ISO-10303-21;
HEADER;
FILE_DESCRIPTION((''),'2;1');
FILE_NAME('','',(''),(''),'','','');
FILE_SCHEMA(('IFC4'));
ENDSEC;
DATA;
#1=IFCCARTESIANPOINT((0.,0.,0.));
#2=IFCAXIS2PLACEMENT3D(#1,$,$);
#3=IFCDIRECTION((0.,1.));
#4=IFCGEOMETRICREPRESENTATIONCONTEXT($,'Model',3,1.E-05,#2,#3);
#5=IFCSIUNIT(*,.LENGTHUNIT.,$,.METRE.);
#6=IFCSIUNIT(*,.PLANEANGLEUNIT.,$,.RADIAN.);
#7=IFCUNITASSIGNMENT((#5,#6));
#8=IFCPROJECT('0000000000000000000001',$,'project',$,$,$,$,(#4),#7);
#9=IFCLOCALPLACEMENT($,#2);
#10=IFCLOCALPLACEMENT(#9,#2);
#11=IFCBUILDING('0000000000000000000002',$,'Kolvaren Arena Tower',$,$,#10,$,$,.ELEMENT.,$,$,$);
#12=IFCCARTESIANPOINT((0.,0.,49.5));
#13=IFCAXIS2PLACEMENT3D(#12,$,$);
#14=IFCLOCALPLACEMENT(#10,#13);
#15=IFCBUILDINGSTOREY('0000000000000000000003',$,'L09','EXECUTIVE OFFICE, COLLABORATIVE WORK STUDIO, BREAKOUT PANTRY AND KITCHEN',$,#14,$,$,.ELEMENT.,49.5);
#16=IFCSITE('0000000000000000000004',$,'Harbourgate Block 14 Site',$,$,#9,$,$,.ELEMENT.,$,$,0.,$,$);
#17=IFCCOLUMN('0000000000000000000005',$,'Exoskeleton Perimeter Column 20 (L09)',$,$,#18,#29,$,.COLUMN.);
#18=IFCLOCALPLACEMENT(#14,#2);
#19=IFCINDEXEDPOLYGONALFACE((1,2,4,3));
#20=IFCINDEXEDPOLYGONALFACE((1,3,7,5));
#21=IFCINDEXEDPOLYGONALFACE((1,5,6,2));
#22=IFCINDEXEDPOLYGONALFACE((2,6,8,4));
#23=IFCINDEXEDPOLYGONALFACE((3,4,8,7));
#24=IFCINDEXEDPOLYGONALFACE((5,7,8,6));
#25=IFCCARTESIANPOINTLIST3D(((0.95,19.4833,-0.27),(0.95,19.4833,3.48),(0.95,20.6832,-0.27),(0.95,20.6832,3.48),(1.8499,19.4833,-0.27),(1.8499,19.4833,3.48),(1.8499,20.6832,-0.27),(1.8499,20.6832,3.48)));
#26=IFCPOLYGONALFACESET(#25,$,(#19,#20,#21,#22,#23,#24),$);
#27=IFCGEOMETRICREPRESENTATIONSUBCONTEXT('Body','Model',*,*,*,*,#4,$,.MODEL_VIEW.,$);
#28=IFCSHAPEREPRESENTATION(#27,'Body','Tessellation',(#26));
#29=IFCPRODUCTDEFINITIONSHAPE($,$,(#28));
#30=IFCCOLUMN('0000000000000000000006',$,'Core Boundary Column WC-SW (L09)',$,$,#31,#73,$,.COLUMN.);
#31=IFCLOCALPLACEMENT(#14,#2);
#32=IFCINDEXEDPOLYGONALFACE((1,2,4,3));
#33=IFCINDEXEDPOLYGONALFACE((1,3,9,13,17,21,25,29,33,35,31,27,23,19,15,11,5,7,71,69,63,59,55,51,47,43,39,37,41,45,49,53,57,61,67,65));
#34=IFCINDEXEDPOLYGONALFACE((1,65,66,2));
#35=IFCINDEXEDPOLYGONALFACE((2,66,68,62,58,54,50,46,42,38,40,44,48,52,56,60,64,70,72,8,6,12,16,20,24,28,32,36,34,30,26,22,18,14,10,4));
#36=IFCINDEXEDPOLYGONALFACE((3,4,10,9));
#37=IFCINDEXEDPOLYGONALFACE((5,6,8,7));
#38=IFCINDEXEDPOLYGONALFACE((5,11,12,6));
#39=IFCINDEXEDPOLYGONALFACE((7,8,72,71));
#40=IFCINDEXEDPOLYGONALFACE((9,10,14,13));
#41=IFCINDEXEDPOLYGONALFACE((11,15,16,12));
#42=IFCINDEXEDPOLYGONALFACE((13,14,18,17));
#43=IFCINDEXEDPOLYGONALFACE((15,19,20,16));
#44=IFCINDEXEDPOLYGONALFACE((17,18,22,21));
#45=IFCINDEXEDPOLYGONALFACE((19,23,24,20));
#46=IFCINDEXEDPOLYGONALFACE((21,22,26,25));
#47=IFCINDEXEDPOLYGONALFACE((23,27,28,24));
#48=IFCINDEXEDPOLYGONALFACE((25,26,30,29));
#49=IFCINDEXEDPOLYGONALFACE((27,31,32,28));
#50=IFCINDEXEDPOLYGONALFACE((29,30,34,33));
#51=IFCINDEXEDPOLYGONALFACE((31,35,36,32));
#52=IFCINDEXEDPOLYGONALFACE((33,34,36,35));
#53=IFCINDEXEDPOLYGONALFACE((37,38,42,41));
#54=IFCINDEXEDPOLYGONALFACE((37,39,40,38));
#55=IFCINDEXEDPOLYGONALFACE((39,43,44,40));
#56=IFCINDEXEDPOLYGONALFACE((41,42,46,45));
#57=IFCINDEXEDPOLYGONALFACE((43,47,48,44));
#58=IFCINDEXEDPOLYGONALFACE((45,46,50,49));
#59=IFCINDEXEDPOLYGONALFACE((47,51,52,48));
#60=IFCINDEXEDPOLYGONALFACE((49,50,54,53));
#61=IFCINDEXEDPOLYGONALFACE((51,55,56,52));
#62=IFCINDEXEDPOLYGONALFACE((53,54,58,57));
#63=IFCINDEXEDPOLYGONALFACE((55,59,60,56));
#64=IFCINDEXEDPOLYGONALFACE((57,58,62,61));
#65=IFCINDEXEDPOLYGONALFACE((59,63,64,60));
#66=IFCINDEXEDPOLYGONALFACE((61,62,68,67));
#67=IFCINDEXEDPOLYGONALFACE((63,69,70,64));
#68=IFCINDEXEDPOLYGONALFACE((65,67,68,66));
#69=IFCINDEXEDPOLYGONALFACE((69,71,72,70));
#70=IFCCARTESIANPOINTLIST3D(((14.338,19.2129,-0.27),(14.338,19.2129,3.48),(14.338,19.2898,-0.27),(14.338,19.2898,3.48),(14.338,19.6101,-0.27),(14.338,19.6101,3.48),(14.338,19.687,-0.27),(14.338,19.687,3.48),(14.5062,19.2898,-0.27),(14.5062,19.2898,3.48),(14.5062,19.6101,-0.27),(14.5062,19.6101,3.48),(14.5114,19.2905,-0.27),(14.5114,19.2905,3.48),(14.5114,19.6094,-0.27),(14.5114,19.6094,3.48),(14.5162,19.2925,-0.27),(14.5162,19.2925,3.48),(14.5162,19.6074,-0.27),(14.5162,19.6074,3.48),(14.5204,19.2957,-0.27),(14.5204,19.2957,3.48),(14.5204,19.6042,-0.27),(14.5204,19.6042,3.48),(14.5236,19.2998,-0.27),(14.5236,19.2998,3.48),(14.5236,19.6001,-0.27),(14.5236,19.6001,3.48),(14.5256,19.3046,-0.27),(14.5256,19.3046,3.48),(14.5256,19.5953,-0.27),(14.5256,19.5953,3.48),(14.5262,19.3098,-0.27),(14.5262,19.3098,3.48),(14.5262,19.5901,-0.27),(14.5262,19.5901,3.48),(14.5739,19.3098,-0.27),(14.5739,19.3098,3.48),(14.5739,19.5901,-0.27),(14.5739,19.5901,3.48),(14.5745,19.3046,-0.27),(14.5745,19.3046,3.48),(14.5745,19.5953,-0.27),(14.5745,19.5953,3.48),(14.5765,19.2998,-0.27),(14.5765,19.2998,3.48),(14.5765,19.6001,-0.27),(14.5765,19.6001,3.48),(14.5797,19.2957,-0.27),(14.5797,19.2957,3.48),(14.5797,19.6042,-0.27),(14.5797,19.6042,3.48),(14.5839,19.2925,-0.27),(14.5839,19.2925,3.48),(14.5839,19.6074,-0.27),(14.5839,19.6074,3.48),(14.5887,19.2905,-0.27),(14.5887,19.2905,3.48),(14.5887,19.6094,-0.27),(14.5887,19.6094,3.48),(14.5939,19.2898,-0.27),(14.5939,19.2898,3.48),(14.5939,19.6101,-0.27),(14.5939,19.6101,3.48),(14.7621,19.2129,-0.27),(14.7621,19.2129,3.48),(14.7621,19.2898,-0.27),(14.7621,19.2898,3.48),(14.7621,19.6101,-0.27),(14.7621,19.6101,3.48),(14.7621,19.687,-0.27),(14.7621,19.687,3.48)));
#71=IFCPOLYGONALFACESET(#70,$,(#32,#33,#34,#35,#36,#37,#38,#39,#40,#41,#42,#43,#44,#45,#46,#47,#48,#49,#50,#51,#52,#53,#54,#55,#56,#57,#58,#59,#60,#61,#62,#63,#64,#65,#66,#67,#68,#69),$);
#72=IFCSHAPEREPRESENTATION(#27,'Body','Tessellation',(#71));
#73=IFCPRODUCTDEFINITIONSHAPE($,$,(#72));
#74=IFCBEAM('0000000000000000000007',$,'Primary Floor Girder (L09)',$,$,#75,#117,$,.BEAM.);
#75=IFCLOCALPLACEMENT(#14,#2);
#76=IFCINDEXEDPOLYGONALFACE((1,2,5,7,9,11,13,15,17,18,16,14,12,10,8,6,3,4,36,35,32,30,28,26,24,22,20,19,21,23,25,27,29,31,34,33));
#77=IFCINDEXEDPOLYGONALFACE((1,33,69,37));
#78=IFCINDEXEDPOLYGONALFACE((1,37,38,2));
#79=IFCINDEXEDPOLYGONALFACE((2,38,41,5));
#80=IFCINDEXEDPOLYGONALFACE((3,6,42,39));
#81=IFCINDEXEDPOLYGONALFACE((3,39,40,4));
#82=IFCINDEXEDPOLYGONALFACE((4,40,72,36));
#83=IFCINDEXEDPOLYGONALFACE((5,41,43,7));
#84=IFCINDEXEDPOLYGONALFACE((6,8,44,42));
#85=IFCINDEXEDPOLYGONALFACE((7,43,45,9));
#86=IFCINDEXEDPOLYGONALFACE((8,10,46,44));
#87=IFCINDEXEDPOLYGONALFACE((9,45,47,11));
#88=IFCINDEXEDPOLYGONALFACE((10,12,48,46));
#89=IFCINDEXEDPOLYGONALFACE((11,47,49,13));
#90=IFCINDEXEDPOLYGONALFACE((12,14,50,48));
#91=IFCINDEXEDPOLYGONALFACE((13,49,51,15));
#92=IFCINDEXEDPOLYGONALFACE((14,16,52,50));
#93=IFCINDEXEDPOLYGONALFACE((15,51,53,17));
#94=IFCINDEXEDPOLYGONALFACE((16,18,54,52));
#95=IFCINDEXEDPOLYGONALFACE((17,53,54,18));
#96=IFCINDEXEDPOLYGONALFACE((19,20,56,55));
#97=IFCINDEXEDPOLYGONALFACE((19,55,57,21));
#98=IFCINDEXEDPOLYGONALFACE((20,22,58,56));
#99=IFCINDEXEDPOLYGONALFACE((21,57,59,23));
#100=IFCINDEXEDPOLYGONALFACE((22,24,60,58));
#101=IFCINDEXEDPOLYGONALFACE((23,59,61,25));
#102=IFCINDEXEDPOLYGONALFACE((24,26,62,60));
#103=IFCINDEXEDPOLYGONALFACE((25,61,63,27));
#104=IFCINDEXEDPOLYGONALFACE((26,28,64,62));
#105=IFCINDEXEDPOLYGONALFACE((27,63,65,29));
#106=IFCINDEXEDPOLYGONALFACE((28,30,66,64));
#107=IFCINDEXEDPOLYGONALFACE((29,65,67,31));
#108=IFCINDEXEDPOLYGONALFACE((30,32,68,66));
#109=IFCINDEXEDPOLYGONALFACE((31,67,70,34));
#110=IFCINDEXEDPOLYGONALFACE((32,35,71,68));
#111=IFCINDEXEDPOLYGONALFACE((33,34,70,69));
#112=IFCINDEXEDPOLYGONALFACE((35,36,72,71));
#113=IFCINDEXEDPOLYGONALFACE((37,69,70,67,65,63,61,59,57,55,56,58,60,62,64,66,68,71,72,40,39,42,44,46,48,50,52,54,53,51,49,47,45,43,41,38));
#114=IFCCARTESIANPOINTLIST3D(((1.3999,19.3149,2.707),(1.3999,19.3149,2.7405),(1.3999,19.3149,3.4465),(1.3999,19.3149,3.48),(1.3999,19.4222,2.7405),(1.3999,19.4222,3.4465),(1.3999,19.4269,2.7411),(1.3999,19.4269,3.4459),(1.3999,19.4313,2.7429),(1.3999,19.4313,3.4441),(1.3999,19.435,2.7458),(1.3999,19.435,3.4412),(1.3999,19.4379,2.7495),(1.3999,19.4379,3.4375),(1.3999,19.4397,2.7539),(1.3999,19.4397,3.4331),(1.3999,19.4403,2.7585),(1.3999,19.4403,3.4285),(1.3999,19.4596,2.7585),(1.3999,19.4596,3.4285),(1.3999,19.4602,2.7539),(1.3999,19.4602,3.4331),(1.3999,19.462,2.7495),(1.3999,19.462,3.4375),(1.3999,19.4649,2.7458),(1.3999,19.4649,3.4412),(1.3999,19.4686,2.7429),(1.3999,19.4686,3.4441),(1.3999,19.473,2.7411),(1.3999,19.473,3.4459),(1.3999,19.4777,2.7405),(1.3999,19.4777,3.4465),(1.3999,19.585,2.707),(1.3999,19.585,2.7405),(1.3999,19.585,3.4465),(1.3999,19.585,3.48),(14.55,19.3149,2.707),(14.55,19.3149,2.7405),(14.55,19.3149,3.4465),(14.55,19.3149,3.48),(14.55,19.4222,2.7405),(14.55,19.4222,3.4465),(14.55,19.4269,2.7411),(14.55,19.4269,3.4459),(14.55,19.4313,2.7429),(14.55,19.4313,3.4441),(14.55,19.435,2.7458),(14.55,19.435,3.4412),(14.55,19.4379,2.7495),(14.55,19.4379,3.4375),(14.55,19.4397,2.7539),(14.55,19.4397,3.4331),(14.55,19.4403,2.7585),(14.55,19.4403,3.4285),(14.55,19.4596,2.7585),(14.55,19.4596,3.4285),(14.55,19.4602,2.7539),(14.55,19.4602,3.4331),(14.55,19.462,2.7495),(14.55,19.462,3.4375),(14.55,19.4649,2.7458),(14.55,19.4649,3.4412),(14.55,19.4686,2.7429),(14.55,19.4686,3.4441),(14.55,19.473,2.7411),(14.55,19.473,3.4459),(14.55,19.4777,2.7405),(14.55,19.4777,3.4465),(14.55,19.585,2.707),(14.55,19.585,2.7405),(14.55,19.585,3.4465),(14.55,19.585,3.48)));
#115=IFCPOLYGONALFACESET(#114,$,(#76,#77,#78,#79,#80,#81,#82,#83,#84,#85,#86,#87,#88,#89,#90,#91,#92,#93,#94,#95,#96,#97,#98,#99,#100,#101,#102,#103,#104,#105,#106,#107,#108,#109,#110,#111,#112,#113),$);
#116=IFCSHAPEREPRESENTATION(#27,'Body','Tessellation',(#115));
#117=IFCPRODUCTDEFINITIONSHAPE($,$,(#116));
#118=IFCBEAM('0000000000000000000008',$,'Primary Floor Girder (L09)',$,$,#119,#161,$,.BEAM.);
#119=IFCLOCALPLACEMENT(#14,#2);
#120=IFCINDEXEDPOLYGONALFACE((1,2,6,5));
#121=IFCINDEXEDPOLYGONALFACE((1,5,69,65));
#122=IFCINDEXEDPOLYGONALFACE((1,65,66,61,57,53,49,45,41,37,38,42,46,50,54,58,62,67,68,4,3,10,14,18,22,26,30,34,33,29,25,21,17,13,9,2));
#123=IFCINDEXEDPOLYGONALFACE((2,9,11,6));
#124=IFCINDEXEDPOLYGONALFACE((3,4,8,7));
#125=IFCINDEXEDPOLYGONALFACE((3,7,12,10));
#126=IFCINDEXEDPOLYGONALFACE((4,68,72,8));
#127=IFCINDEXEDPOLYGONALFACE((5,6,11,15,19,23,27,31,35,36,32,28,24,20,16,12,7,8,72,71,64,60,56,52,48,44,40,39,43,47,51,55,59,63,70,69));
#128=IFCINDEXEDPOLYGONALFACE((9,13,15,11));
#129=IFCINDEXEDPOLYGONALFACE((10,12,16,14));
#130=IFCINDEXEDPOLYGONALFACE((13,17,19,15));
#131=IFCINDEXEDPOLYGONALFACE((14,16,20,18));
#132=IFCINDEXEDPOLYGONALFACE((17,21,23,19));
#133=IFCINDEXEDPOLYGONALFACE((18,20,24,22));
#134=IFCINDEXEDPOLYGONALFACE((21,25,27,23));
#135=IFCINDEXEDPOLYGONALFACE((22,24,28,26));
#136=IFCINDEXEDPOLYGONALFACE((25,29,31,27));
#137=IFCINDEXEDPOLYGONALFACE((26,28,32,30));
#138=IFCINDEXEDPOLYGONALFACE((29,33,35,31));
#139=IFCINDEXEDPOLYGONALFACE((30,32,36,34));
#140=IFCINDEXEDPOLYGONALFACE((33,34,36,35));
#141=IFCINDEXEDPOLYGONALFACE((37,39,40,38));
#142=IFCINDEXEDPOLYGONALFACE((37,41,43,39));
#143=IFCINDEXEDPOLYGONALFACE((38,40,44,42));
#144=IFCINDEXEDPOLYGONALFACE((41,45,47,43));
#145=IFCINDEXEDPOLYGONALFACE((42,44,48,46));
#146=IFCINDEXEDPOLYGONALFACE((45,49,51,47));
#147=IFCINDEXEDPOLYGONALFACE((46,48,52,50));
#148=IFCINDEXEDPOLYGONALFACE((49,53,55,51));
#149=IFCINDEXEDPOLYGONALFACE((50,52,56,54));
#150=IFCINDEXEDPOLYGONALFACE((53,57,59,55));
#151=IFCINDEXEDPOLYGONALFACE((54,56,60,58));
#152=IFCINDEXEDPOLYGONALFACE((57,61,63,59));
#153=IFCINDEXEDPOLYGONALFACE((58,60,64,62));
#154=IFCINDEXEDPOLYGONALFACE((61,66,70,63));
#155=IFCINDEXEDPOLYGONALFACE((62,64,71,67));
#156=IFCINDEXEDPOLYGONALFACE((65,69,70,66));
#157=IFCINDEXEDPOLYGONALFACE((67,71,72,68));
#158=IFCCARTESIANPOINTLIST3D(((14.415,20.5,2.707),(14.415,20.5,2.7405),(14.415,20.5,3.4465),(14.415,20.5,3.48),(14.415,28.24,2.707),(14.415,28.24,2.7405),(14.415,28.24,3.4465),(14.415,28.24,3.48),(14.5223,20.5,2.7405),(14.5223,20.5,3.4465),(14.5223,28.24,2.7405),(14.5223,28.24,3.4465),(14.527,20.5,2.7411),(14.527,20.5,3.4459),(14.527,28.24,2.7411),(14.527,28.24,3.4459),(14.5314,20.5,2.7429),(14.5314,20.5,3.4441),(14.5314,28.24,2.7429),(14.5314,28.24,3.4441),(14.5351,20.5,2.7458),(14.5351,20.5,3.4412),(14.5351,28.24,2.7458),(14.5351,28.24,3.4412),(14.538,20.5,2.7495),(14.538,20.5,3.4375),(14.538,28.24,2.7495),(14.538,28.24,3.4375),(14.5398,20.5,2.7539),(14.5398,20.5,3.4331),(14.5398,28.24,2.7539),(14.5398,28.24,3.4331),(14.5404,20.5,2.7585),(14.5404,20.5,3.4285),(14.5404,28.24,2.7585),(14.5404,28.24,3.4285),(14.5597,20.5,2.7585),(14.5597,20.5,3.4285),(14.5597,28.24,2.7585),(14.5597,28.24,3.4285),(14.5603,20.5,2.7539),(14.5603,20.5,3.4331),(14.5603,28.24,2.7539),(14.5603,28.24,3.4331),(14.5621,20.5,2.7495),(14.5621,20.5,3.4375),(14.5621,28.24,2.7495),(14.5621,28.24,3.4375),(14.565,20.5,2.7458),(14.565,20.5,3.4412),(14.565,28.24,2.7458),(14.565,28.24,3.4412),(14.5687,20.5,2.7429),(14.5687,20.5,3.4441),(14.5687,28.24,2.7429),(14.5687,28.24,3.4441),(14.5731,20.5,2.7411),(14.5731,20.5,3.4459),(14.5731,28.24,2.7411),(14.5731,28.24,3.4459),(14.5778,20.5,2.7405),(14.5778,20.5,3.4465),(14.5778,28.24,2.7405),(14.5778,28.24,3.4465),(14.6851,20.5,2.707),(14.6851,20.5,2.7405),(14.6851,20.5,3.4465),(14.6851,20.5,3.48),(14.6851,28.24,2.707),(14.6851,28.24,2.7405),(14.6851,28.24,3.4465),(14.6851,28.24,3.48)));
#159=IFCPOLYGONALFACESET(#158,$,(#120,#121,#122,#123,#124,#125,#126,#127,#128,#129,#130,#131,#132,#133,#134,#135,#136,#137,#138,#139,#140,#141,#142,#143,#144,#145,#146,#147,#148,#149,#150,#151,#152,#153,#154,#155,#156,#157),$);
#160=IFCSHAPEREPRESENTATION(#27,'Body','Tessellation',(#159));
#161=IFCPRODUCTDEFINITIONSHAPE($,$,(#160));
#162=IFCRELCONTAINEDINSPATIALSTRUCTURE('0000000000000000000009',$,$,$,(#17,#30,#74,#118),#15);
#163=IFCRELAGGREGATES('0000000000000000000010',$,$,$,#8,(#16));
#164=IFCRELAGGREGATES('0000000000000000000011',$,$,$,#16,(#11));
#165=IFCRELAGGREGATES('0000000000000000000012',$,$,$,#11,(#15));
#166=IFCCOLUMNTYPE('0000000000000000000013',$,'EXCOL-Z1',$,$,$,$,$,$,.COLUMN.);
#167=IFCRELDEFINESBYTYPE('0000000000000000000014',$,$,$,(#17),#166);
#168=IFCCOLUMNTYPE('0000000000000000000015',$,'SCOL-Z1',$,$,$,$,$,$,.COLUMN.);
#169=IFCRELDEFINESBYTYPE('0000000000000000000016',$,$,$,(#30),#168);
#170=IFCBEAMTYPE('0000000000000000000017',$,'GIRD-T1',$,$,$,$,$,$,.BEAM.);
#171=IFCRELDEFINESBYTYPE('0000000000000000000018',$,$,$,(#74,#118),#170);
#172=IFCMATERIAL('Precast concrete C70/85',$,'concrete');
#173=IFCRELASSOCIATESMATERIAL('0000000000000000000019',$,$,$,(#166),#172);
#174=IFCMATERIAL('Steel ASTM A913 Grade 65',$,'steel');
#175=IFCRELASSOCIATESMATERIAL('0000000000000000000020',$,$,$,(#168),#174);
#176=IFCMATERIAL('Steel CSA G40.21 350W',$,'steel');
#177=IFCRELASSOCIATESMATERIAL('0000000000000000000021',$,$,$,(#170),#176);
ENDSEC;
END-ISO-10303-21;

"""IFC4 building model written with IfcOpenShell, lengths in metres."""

from ifc_helpers import new_model, si_unit, direction, frame, origin, origin_2d, place, context, subcontext, project, spatial, rectangle, i_section, extrude, material, material_profile, profile_set, type_object, element, save


model = new_model("IFC4")

# Units and contexts
model_context = context("Model", 3, precision=1e-05, world=origin(), true_north=direction((0.0, 1.0)))
body_context = subcontext(model_context, "Body", "Model", "MODEL_VIEW")
ifc_project = project(units=[si_unit("LENGTHUNIT", "METRE"), si_unit("PLANEANGLEUNIT", "RADIAN")], contexts=[model_context])

# Site, building, storey
site_placement = place(None, origin())
site = spatial("IfcSite", under=ifc_project, at=site_placement, Name="Harbourgate Block 14 Site", CompositionType="ELEMENT", RefElevation=0.0)
building_placement = place(site_placement, origin())
building = spatial("IfcBuilding", under=site, at=building_placement, Name="Kolvaren Arena Tower", CompositionType="ELEMENT")
storey_placement = place(building_placement, frame((0.0, 0.0, 49.5)))
storey = spatial("IfcBuildingStorey", under=building, at=storey_placement, Name="L09", Description="EXECUTIVE OFFICE, COLLABORATIVE WORK STUDIO, BREAKOUT PANTRY AND KITCHEN", CompositionType="ELEMENT", Elevation=49.5)

# Columns
ifc_material_1 = material(Name="Precast concrete C70/85", Category="concrete")
ifc_material_profile_1 = material_profile(ifc_material_1, rectangle(XDim=1.2, YDim=0.8999, at=origin_2d()), Name="RC-1200x900")
ifc_profile_set_1 = profile_set([ifc_material_profile_1], Name="Precast concrete C70/85")
column_type_1 = type_object("IfcColumnType", Name="EXCOL-Z1", PredefinedType="COLUMN", material=ifc_profile_set_1)
column_1_placement = place(storey_placement, frame((1.3999, 20.0833, -0.27), z_axis=(0.0, 0.0, 1.0), x_axis=(0.0, 1.0, 0.0)))
element("IfcColumn", 1, at=column_1_placement, inside=storey, type_object=column_type_1, Name="Exoskeleton Perimeter Column 20 (L09)", PredefinedType="COLUMN", context=body_context, shape_type="SweptSolid", body=[
    extrude(rectangle(XDim=1.2, YDim=0.8999, at=origin_2d()), origin(), (0.0, 0.0, 1.0), 3.75),
])
ifc_material_2 = material(Name="Steel ASTM A913 Grade 65", Category="steel")
ifc_material_profile_2 = material_profile(ifc_material_2, i_section(OverallWidth=0.4241, OverallDepth=0.4741, WebThickness=0.0476, FlangeThickness=0.0769, FilletRadius=0.02, at=origin_2d()), Name="W360x634")
ifc_profile_set_2 = profile_set([ifc_material_profile_2], Name="Steel ASTM A913 Grade 65")
column_type_2 = type_object("IfcColumnType", Name="SCOL-Z1", PredefinedType="COLUMN", material=ifc_profile_set_2)
column_2_placement = place(storey_placement, frame((14.55, 19.45, -0.27), z_axis=(0.0, 0.0, 1.0), x_axis=(1.0, 0.0, 0.0)))
element("IfcColumn", 2, at=column_2_placement, inside=storey, type_object=column_type_2, Name="Core Boundary Column WC-SW (L09)", PredefinedType="COLUMN", context=body_context, shape_type="SweptSolid", body=[
    extrude(i_section(OverallWidth=0.4241, OverallDepth=0.4741, WebThickness=0.0476, FlangeThickness=0.0769, FilletRadius=0.02, at=origin_2d()), origin(), (0.0, 0.0, 1.0), 3.75),
])

# Beams
ifc_material_3 = material(Name="Steel CSA G40.21 350W", Category="steel")
ifc_material_profile_3 = material_profile(ifc_material_3, i_section(OverallWidth=0.27, OverallDepth=0.7729, WebThickness=0.0193, FlangeThickness=0.0334, FilletRadius=0.0181, at=origin_2d()), Name="W760x257")
ifc_profile_set_3 = profile_set([ifc_material_profile_3], Name="Steel CSA G40.21 350W")
beam_type_1 = type_object("IfcBeamType", Name="GIRD-T1", PredefinedType="BEAM", material=ifc_profile_set_3)
beam_1_placement = place(storey_placement, frame((1.3999, 19.45, 3.0935), z_axis=(1.0, 0.0, 0.0), x_axis=(0.0, 1.0, 0.0)))
element("IfcBeam", 3, at=beam_1_placement, inside=storey, type_object=beam_type_1, Name="Primary Floor Girder (L09)", PredefinedType="BEAM", context=body_context, shape_type="SweptSolid", body=[
    extrude(i_section(OverallWidth=0.27, OverallDepth=0.7729, WebThickness=0.0193, FlangeThickness=0.0334, FilletRadius=0.0181, at=origin_2d()), origin(), (0.0, 0.0, 1.0), 13.1501),
])
beam_2_placement = place(storey_placement, frame((14.55, 20.5, 3.0935), z_axis=(0.0, 1.0, 0.0), x_axis=(-1.0, 0.0, 0.0)))
element("IfcBeam", 4, at=beam_2_placement, inside=storey, type_object=beam_type_1, Name="Primary Floor Girder (L09)", PredefinedType="BEAM", context=body_context, shape_type="SweptSolid", body=[
    extrude(i_section(OverallWidth=0.27, OverallDepth=0.7729, WebThickness=0.0193, FlangeThickness=0.0334, FilletRadius=0.0181, at=origin_2d()), origin(), (0.0, 0.0, 1.0), 7.74),
])

save(model, "model.ifc")
